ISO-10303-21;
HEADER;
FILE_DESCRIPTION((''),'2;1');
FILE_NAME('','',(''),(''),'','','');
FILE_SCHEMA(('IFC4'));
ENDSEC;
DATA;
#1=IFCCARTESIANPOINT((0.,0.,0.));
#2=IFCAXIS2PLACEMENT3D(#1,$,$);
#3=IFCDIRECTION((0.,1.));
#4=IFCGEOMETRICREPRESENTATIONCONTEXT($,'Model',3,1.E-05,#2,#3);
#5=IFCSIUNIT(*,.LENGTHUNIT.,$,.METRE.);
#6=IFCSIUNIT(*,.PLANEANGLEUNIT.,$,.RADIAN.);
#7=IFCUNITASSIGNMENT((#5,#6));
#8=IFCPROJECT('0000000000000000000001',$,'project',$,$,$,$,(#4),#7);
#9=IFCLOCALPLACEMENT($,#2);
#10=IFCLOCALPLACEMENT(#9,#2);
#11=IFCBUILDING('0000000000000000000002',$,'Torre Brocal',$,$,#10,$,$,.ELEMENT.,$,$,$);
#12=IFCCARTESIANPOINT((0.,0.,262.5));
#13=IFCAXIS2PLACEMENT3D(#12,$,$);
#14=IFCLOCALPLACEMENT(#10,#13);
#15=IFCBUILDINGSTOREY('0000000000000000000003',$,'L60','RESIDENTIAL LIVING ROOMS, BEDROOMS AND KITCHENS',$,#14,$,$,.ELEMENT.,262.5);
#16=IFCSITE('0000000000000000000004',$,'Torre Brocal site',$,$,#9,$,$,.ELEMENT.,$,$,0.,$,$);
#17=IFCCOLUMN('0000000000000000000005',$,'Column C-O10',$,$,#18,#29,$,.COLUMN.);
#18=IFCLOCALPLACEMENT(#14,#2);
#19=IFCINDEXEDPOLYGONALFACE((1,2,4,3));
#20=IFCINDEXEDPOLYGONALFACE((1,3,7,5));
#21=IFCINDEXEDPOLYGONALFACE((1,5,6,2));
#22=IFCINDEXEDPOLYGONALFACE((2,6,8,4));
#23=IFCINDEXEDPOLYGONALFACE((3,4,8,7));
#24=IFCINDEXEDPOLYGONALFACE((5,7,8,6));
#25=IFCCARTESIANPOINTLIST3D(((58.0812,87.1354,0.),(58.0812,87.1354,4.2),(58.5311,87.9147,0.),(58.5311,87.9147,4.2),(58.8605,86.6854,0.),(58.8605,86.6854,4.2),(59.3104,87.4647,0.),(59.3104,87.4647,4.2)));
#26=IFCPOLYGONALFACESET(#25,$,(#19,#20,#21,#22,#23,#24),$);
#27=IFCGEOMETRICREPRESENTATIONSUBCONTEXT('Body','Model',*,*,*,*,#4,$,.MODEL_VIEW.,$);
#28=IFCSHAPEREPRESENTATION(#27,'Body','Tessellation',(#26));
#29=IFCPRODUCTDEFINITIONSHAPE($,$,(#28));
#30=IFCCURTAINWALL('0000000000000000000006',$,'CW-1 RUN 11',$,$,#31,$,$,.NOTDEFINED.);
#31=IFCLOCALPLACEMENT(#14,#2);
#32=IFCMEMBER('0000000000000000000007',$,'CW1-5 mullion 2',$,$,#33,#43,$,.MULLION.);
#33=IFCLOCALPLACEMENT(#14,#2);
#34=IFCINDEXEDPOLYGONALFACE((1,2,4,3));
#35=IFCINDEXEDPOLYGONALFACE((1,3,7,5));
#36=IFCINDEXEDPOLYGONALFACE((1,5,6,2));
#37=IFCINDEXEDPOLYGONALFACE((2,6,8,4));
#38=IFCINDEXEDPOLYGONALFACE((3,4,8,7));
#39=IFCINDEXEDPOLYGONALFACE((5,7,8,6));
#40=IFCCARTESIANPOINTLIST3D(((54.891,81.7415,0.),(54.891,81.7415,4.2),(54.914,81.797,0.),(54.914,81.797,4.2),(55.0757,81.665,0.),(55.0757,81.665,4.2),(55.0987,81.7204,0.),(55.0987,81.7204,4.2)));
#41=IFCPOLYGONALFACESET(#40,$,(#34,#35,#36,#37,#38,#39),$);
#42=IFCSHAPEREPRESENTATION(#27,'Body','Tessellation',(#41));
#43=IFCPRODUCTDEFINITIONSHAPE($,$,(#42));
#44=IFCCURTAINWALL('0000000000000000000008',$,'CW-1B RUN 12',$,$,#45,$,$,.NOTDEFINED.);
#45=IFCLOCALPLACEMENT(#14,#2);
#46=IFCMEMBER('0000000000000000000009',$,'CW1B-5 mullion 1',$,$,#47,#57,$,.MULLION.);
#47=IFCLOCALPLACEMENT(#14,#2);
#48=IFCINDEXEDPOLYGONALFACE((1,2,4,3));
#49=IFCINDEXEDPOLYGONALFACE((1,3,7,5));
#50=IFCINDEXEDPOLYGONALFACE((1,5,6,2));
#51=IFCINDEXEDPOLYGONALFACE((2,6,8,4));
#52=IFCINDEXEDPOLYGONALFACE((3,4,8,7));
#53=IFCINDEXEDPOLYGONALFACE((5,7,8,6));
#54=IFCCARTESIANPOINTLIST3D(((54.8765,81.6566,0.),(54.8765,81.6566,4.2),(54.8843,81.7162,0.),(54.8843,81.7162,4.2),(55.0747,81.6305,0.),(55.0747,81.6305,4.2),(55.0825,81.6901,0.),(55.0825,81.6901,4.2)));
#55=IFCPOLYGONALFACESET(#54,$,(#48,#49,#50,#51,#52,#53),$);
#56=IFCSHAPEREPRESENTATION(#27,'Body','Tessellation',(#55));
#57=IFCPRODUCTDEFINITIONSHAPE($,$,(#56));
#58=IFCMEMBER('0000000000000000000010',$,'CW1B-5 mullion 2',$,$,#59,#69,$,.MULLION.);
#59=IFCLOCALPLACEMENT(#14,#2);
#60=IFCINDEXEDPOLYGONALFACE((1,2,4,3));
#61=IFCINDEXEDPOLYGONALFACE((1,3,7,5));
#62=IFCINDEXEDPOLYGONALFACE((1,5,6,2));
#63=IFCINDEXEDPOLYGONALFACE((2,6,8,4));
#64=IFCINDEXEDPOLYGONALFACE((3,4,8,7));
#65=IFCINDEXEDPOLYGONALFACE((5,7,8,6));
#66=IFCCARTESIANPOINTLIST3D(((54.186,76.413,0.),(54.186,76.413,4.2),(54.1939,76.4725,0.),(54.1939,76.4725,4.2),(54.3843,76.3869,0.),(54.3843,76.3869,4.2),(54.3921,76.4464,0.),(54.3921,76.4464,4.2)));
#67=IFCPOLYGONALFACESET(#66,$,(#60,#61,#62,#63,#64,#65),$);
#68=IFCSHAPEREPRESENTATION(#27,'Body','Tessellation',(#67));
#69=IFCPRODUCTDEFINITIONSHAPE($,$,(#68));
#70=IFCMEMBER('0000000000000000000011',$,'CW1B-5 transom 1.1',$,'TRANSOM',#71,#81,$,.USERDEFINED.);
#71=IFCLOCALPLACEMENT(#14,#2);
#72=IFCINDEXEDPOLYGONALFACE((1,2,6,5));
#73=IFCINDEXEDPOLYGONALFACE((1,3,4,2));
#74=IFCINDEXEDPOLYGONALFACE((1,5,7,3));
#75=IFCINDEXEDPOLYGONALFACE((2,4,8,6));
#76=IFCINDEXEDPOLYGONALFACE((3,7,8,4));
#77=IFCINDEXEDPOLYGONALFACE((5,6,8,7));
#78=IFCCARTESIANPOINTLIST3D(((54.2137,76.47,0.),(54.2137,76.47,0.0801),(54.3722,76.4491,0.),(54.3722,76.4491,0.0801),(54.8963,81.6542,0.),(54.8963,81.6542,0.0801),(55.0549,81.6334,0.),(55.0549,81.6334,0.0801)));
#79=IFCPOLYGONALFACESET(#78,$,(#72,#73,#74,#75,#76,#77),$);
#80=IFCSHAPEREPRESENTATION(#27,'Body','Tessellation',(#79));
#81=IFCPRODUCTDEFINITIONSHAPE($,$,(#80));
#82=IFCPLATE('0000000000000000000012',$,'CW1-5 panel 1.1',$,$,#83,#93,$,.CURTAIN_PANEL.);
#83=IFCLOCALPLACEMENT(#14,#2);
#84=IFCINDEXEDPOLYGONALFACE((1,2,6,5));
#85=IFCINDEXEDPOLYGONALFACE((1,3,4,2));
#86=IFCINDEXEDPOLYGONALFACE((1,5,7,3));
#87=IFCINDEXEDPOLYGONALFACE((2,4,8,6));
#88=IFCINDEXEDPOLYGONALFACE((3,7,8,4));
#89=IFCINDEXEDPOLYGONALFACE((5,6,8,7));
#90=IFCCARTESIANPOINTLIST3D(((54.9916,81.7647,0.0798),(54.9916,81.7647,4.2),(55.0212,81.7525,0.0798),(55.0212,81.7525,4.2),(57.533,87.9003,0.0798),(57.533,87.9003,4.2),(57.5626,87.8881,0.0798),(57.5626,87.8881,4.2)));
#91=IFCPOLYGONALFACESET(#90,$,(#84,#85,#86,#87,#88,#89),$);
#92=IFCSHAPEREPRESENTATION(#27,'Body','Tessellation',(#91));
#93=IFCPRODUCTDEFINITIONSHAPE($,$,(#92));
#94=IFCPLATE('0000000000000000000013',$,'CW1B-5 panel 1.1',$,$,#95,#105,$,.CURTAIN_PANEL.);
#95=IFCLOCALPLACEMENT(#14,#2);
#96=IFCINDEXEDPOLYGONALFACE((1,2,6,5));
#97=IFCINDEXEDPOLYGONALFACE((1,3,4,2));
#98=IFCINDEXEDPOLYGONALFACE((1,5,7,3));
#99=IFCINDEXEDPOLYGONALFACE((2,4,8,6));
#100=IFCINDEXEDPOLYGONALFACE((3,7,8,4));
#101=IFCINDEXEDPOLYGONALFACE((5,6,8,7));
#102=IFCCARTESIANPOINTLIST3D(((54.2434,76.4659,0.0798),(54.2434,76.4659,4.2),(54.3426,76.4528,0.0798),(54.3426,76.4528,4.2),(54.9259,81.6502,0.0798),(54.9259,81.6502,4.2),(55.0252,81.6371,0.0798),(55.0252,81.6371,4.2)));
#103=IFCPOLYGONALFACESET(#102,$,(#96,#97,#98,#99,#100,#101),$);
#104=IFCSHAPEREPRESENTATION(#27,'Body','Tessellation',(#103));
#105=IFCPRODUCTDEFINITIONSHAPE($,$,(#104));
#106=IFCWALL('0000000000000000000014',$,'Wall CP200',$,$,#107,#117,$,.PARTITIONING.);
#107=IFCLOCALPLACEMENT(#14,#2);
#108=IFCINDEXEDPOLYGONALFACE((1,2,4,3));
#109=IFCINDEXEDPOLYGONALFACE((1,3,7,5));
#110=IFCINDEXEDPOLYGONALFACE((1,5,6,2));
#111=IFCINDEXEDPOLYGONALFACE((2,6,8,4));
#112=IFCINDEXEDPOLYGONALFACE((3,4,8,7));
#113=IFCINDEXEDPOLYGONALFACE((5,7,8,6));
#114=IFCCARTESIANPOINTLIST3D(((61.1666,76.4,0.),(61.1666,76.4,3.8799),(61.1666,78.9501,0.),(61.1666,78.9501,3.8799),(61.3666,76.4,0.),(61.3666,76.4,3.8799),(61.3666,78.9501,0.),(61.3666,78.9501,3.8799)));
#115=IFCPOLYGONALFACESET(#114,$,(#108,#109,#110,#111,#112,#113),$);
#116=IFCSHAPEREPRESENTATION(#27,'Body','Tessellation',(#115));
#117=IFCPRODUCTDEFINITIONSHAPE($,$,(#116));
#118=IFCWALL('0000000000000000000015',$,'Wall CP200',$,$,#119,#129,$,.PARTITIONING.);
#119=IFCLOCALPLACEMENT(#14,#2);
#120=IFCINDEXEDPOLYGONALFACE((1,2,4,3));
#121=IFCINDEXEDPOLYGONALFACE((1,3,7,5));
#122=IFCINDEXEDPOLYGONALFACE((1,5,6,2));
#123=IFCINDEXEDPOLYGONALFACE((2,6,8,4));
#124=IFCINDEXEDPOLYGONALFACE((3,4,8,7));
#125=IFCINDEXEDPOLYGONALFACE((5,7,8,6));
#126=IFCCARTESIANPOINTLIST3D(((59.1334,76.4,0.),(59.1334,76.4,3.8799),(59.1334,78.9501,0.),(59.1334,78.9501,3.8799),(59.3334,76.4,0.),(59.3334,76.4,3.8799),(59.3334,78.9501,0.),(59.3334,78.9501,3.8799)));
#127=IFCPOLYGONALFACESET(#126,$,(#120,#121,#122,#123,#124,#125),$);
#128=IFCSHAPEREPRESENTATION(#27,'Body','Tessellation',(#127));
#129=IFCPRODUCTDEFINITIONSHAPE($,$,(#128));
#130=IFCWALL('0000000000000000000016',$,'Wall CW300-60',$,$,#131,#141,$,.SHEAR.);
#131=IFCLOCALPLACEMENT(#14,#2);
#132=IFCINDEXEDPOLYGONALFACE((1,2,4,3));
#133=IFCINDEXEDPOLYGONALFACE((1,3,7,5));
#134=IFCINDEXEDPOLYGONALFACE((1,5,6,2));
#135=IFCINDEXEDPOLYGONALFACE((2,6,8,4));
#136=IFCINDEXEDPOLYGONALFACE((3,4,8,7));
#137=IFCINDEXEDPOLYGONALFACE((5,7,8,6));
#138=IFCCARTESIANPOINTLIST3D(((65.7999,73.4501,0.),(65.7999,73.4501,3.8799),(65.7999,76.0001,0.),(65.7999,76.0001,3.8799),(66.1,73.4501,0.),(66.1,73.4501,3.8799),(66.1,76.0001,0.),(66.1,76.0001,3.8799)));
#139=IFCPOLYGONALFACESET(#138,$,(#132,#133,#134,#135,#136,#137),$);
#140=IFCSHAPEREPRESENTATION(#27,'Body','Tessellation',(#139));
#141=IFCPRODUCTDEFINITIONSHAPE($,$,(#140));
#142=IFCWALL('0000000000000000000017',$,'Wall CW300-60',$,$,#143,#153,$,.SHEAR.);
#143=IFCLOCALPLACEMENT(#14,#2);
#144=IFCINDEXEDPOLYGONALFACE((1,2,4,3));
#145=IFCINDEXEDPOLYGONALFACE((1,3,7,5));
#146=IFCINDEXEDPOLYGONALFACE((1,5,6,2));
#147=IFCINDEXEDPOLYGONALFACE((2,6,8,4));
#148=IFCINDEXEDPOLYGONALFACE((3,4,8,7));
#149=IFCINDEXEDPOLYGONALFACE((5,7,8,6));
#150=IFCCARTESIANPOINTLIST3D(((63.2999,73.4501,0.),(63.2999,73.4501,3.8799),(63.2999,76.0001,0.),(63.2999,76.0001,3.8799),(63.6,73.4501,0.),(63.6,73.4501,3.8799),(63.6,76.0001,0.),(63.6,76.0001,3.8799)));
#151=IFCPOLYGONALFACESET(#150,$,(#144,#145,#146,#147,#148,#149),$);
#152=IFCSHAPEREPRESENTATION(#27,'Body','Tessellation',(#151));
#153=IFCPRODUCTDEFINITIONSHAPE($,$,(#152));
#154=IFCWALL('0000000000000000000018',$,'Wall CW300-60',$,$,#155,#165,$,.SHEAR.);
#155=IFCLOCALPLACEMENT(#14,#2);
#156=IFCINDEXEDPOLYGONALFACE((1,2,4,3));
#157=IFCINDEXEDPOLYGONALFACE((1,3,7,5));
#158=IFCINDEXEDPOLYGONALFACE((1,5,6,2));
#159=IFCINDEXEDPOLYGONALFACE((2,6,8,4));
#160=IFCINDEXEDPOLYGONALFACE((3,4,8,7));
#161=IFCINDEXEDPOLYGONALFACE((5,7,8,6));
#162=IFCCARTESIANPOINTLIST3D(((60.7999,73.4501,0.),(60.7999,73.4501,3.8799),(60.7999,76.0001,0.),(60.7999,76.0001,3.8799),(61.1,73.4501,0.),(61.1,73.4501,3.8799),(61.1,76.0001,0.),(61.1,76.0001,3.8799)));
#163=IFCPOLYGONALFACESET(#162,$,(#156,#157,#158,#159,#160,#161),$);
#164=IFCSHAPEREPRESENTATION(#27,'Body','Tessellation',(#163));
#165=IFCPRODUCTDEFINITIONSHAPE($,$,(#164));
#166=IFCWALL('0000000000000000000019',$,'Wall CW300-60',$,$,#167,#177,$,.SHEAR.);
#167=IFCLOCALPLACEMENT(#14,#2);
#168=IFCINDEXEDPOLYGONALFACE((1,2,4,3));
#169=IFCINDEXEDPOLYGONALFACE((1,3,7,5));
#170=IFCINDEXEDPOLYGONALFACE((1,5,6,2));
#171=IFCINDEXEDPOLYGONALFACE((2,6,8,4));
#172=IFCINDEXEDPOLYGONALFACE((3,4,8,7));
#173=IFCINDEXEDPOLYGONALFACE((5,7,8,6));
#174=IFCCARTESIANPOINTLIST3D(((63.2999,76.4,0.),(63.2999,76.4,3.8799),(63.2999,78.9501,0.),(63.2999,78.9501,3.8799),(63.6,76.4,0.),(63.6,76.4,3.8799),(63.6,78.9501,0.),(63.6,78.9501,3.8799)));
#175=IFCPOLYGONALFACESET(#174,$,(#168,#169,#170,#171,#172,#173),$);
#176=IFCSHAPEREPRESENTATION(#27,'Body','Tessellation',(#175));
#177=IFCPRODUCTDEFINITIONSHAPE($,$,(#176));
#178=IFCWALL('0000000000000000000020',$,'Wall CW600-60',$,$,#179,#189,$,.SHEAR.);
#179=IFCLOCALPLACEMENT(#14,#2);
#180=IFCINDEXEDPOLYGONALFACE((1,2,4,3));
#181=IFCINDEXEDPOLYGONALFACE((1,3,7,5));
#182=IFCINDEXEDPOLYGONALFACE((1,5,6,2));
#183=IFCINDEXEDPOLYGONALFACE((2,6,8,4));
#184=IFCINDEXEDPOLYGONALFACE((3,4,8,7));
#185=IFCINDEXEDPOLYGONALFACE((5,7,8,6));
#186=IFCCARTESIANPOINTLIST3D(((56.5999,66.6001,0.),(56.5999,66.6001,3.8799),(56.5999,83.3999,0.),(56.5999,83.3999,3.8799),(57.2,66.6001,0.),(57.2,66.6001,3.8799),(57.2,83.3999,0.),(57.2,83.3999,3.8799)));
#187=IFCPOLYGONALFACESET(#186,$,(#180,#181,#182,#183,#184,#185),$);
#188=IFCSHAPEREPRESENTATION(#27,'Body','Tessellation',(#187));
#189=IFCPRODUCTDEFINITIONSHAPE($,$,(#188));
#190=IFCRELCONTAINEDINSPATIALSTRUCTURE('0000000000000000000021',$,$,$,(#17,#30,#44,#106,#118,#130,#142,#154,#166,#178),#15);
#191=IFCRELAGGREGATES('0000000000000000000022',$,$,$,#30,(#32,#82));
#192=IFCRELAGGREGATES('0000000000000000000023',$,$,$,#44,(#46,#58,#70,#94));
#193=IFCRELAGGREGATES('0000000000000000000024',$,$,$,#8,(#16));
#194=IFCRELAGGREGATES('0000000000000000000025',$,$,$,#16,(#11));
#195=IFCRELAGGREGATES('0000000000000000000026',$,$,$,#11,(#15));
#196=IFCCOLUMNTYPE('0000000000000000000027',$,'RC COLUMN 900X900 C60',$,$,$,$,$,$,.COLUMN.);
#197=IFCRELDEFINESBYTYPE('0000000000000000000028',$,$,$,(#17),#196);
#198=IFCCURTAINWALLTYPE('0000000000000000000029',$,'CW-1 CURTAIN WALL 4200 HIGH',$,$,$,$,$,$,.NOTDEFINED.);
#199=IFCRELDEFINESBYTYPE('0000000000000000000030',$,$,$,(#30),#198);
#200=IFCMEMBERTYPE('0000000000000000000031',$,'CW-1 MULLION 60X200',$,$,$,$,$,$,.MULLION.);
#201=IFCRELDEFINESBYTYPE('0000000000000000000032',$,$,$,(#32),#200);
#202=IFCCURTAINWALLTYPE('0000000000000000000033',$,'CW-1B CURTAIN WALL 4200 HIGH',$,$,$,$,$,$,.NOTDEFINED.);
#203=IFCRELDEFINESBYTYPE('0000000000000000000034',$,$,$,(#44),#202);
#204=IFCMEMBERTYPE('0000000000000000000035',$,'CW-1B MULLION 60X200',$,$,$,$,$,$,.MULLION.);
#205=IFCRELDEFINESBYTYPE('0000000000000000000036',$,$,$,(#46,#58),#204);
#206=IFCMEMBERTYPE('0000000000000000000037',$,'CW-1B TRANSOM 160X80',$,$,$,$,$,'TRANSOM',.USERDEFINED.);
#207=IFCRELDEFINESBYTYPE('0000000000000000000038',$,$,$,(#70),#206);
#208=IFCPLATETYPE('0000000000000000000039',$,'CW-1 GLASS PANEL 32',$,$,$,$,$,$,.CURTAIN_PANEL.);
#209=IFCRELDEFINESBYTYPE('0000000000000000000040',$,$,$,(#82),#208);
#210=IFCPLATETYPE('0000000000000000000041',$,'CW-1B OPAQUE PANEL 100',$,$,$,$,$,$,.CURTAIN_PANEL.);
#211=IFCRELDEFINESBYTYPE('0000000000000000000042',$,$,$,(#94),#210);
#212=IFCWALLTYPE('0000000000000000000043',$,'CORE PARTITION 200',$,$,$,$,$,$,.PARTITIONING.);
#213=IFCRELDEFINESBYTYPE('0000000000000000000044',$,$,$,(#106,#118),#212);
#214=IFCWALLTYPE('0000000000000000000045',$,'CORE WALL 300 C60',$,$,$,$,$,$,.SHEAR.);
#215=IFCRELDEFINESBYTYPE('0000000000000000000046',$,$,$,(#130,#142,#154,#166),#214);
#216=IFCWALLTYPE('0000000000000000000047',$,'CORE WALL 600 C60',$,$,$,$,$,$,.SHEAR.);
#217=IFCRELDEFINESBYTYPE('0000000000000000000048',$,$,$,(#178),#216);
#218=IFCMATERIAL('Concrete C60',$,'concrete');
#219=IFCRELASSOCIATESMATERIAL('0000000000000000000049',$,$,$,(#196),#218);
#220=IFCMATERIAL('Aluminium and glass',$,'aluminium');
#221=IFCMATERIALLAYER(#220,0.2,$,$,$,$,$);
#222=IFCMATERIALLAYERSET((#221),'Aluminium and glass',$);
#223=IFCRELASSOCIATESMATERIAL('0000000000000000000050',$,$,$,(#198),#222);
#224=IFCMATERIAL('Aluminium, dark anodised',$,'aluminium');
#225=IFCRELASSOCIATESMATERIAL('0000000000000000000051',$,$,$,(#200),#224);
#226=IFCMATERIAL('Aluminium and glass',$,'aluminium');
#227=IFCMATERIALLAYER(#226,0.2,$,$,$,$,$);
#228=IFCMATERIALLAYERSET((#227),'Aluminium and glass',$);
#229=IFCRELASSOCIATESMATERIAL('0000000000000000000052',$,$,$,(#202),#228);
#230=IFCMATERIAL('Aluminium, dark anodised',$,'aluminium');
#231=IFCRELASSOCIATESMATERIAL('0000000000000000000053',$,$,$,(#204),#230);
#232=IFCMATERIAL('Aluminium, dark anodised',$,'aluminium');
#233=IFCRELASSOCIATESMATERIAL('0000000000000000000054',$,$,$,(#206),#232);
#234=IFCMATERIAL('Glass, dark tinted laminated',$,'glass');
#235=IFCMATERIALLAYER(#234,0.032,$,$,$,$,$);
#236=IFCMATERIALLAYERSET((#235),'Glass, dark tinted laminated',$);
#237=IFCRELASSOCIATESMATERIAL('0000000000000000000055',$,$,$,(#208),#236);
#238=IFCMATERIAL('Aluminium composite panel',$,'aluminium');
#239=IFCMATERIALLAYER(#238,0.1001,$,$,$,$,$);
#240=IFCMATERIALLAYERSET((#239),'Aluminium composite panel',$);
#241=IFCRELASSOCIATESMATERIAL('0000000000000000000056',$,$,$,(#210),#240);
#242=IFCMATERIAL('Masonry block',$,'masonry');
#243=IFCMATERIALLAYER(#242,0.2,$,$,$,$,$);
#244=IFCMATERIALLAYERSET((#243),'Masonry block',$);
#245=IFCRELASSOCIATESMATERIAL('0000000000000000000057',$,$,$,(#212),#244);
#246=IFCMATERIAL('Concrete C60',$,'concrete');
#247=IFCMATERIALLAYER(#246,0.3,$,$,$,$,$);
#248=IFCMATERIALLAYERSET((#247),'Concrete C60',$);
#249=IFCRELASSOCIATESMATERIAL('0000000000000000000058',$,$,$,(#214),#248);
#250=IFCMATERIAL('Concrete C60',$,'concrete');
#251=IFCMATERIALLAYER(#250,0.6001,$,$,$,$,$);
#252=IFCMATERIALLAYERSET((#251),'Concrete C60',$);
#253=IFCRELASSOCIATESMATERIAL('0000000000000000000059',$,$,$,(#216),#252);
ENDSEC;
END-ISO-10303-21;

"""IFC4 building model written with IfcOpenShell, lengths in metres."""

from ifc_helpers import new_model, si_unit, direction, frame, frame_2d, origin, origin_2d, place, context, subcontext, project, spatial, rectangle, extrude, material, layer, layer_set, material_profile, profile_set, type_object, element, aggregate, save


model = new_model("IFC4")

# Units and contexts
model_context = context("Model", 3, precision=1e-05, world=origin(), true_north=direction((0.0, 1.0)))
body_context = subcontext(model_context, "Body", "Model", "MODEL_VIEW")
ifc_project = project(units=[si_unit("LENGTHUNIT", "METRE"), si_unit("PLANEANGLEUNIT", "RADIAN")], contexts=[model_context])

# Site, building, storey
site_placement = place(None, origin())
site = spatial("IfcSite", under=ifc_project, at=site_placement, Name="Torre Brocal site", CompositionType="ELEMENT", RefElevation=0.0)
building_placement = place(site_placement, origin())
building = spatial("IfcBuilding", under=site, at=building_placement, Name="Torre Brocal", CompositionType="ELEMENT")
storey_placement = place(building_placement, frame((0.0, 0.0, 262.5)))
storey = spatial("IfcBuildingStorey", under=building, at=storey_placement, Name="L60", Description="RESIDENTIAL LIVING ROOMS, BEDROOMS AND KITCHENS", CompositionType="ELEMENT", Elevation=262.5)

# Column
ifc_material_1 = material(Name="Concrete C60", Category="concrete")
ifc_material_profile_1 = material_profile(ifc_material_1, rectangle(XDim=0.8999, YDim=0.8999, at=origin_2d()), Name="RC 900X900")
ifc_profile_set_1 = profile_set([ifc_material_profile_1], Name="Concrete C60")
column_type = type_object("IfcColumnType", Name="RC COLUMN 900X900 C60", PredefinedType="COLUMN", material=ifc_profile_set_1)
column_placement = place(storey_placement, frame((58.6958, 87.3, 0.0), z_axis=(0.0, 0.0, 1.0), x_axis=(-0.866025, 0.5, 0.0)))
element("IfcColumn", 1, at=column_placement, inside=storey, type_object=column_type, Name="Column C-O10", PredefinedType="COLUMN", context=body_context, shape_type="SweptSolid", body=[
    extrude(rectangle(XDim=0.8999, YDim=0.8999, at=origin_2d()), origin(), (0.0, 0.0, 1.0), 4.2),
])

# Curtain wall, member
ifc_material_2 = material(Name="Aluminium and glass", Category="aluminium")
ifc_layer_1 = layer(ifc_material_2, 0.2)
ifc_layer_set_1 = layer_set([ifc_layer_1], Name="Aluminium and glass")
curtain_wall_type_1 = type_object("IfcCurtainWallType", Name="CW-1 CURTAIN WALL 4200 HIGH", PredefinedType="NOTDEFINED", material=ifc_layer_set_1)
curtain_wall_1_placement = place(storey_placement, origin())
curtain_wall_1 = element("IfcCurtainWall", 2, at=curtain_wall_1_placement, inside=storey, type_object=curtain_wall_type_1, Name="CW-1 RUN 11", PredefinedType="NOTDEFINED")
ifc_material_3 = material(Name="Aluminium, dark anodised", Category="aluminium")
ifc_material_profile_2 = material_profile(ifc_material_3, rectangle(XDim=0.2, YDim=0.0601, at=origin_2d()), Name="CW-1 MULLION 60X200")
ifc_profile_set_2 = profile_set([ifc_material_profile_2], Name="Aluminium, dark anodised")
member_type_1 = type_object("IfcMemberType", Name="CW-1 MULLION 60X200", PredefinedType="MULLION", material=ifc_profile_set_2)
member_1_placement = place(storey_placement, frame((54.9949, 81.731, 0.0), z_axis=(0.0, 0.0, 1.0), x_axis=(0.92388, -0.382683, 0.0)))
member_1 = element("IfcMember", 3, at=member_1_placement, type_object=member_type_1, Name="CW1-5 mullion 2", PredefinedType="MULLION", context=body_context, shape_type="SweptSolid", body=[
    extrude(rectangle(XDim=0.2, YDim=0.0601, at=origin_2d()), origin(), (0.0, 0.0, 1.0), 4.2),
])

# Curtain wall, members
ifc_material_4 = material(Name="Aluminium and glass", Category="aluminium")
ifc_layer_2 = layer(ifc_material_4, 0.2)
ifc_layer_set_2 = layer_set([ifc_layer_2], Name="Aluminium and glass")
curtain_wall_type_2 = type_object("IfcCurtainWallType", Name="CW-1B CURTAIN WALL 4200 HIGH", PredefinedType="NOTDEFINED", material=ifc_layer_set_2)
curtain_wall_2_placement = place(storey_placement, origin())
curtain_wall_2 = element("IfcCurtainWall", 4, at=curtain_wall_2_placement, inside=storey, type_object=curtain_wall_type_2, Name="CW-1B RUN 12", PredefinedType="NOTDEFINED")
ifc_material_5 = material(Name="Aluminium, dark anodised", Category="aluminium")
ifc_material_profile_3 = material_profile(ifc_material_5, rectangle(XDim=0.2, YDim=0.0601, at=origin_2d()), Name="CW-1B MULLION 60X200")
ifc_profile_set_3 = profile_set([ifc_material_profile_3], Name="Aluminium, dark anodised")
member_type_2 = type_object("IfcMemberType", Name="CW-1B MULLION 60X200", PredefinedType="MULLION", material=ifc_profile_set_3)
member_2_placement = place(storey_placement, frame((54.9795, 81.6733, 0.0), z_axis=(0.0, 0.0, 1.0), x_axis=(0.991445, -0.130526, 0.0)))
member_2 = element("IfcMember", 5, at=member_2_placement, type_object=member_type_2, Name="CW1B-5 mullion 1", PredefinedType="MULLION", context=body_context, shape_type="SweptSolid", body=[
    extrude(rectangle(XDim=0.2, YDim=0.0601, at=origin_2d()), origin(), (0.0, 0.0, 1.0), 4.2),
])
member_3_placement = place(storey_placement, frame((54.2891, 76.4297, 0.0), z_axis=(0.0, 0.0, 1.0), x_axis=(0.991445, -0.130526, 0.0)))
member_3 = element("IfcMember", 6, at=member_3_placement, type_object=member_type_2, Name="CW1B-5 mullion 2", PredefinedType="MULLION", context=body_context, shape_type="SweptSolid", body=[
    extrude(rectangle(XDim=0.2, YDim=0.0601, at=origin_2d()), origin(), (0.0, 0.0, 1.0), 4.2),
])
ifc_material_6 = material(Name="Aluminium, dark anodised", Category="aluminium")
ifc_material_profile_4 = material_profile(ifc_material_6, rectangle(XDim=0.1599, YDim=0.0801, at=origin_2d()), Name="CW-1B TRANSOM 160X80")
ifc_profile_set_4 = profile_set([ifc_material_profile_4], Name="Aluminium, dark anodised")
member_type_3 = type_object("IfcMemberType", Name="CW-1B TRANSOM 160X80", ElementType="TRANSOM", PredefinedType="USERDEFINED", material=ifc_profile_set_4)
member_4_placement = place(storey_placement, frame((54.9756, 81.6438, 0.04), z_axis=(-0.130543, -0.991443, 0.0), x_axis=(0.991443, -0.130543, 0.0)))
member_4 = element("IfcMember", 7, at=member_4_placement, type_object=member_type_3, Name="CW1B-5 transom 1.1", ObjectType="TRANSOM", PredefinedType="USERDEFINED", context=body_context, shape_type="SweptSolid", body=[
    extrude(rectangle(XDim=0.1599, YDim=0.0801, at=origin_2d()), origin(), (0.0, 0.0, 1.0), 5.229),
])

# Plates
ifc_material_7 = material(Name="Glass, dark tinted laminated", Category="glass")
ifc_layer_3 = layer(ifc_material_7, 0.032)
ifc_layer_set_3 = layer_set([ifc_layer_3], Name="Glass, dark tinted laminated")
plate_type_1 = type_object("IfcPlateType", Name="CW-1 GLASS PANEL 32", PredefinedType="CURTAIN_PANEL", material=ifc_layer_set_3)
plate_1_placement = place(storey_placement, frame((56.2771, 84.8264, 0.0798), z_axis=(0.0, 0.0, 1.0), x_axis=(-0.382683, -0.92388, 0.0)))
plate_1 = element("IfcPlate", 8, at=plate_1_placement, type_object=plate_type_1, Name="CW1-5 panel 1.1", PredefinedType="CURTAIN_PANEL", context=body_context, shape_type="SweptSolid", body=[
    extrude(rectangle(XDim=6.6411, YDim=0.032, at=origin_2d()), origin(), (0.0, 0.0, 1.0), 4.1201),
])
aggregate(curtain_wall_1, [member_1, plate_1])
ifc_material_8 = material(Name="Aluminium composite panel", Category="aluminium")
ifc_layer_4 = layer(ifc_material_8, 0.1001)
ifc_layer_set_4 = layer_set([ifc_layer_4], Name="Aluminium composite panel")
plate_type_2 = type_object("IfcPlateType", Name="CW-1B OPAQUE PANEL 100", PredefinedType="CURTAIN_PANEL", material=ifc_layer_set_4)
plate_2_placement = place(storey_placement, frame((54.6343, 79.0515, 0.0798), z_axis=(0.0, 0.0, 1.0), x_axis=(-0.130526, -0.991445, 0.0)))
plate_2 = element("IfcPlate", 9, at=plate_2_placement, type_object=plate_type_2, Name="CW1B-5 panel 1.1", PredefinedType="CURTAIN_PANEL", context=body_context, shape_type="SweptSolid", body=[
    extrude(rectangle(XDim=5.229, YDim=0.1001, at=origin_2d()), origin(), (0.0, 0.0, 1.0), 4.1201),
])
aggregate(curtain_wall_2, [member_2, member_3, member_4, plate_2])

# Walls
ifc_material_9 = material(Name="Masonry block", Category="masonry")
ifc_layer_5 = layer(ifc_material_9, 0.2)
ifc_layer_set_5 = layer_set([ifc_layer_5], Name="Masonry block")
wall_type_1 = type_object("IfcWallType", Name="CORE PARTITION 200", PredefinedType="PARTITIONING", material=ifc_layer_set_5)
for number, where, z_axis, x_axis, name in (
    (10, (61.2666, 78.95, 0.0), (0.0, 0.0, 1.0), (0.0, -1.0, 0.0), "Wall CP200"),
    (11, (59.2334, 78.95, 0.0), (0.0, 0.0, 1.0), (0.0, -1.0, 0.0), "Wall CP200"),
):
    element("IfcWall", number, at=place(storey_placement, frame(where, z_axis=z_axis, x_axis=x_axis)), inside=storey, type_object=wall_type_1, Name=name, PredefinedType="PARTITIONING", context=body_context, shape_type="SweptSolid", body=[
        extrude(rectangle(XDim=2.55, YDim=0.2, at=frame_2d((1.2749, 0.0))), origin(), (0.0, 0.0, 1.0), 3.8799),
    ])
ifc_material_10 = material(Name="Concrete C60", Category="concrete")
ifc_layer_6 = layer(ifc_material_10, 0.3)
ifc_layer_set_6 = layer_set([ifc_layer_6], Name="Concrete C60")
wall_type_2 = type_object("IfcWallType", Name="CORE WALL 300 C60", PredefinedType="SHEAR", material=ifc_layer_set_6)
for number, where, z_axis, x_axis, name in (
    (12, (65.95, 76.0, 0.0), (0.0, 0.0, 1.0), (0.0, -1.0, 0.0), "Wall CW300-60"),
    (13, (63.45, 76.0, 0.0), (0.0, 0.0, 1.0), (0.0, -1.0, 0.0), "Wall CW300-60"),
    (14, (60.95, 76.0, 0.0), (0.0, 0.0, 1.0), (0.0, -1.0, 0.0), "Wall CW300-60"),
    (15, (63.45, 78.95, 0.0), (0.0, 0.0, 1.0), (0.0, -1.0, 0.0), "Wall CW300-60"),
):
    element("IfcWall", number, at=place(storey_placement, frame(where, z_axis=z_axis, x_axis=x_axis)), inside=storey, type_object=wall_type_2, Name=name, PredefinedType="SHEAR", context=body_context, shape_type="SweptSolid", body=[
        extrude(rectangle(XDim=2.55, YDim=0.3, at=frame_2d((1.2749, 0.0))), origin(), (0.0, 0.0, 1.0), 3.8799),
    ])
ifc_material_11 = material(Name="Concrete C60", Category="concrete")
ifc_layer_7 = layer(ifc_material_11, 0.6001)
ifc_layer_set_7 = layer_set([ifc_layer_7], Name="Concrete C60")
wall_type_3 = type_object("IfcWallType", Name="CORE WALL 600 C60", PredefinedType="SHEAR", material=ifc_layer_set_7)
wall_1_placement = place(storey_placement, frame((56.8999, 83.3999, 0.0), z_axis=(0.0, 0.0, 1.0), x_axis=(0.0, -1.0, 0.0)))
element("IfcWall", 16, at=wall_1_placement, inside=storey, type_object=wall_type_3, Name="Wall CW600-60", PredefinedType="SHEAR", context=body_context, shape_type="SweptSolid", body=[
    extrude(rectangle(XDim=16.7998, YDim=0.6001, at=frame_2d((8.3999, 0.0))), origin(), (0.0, 0.0, 1.0), 3.8799),
])

save(model, "model.ifc")
